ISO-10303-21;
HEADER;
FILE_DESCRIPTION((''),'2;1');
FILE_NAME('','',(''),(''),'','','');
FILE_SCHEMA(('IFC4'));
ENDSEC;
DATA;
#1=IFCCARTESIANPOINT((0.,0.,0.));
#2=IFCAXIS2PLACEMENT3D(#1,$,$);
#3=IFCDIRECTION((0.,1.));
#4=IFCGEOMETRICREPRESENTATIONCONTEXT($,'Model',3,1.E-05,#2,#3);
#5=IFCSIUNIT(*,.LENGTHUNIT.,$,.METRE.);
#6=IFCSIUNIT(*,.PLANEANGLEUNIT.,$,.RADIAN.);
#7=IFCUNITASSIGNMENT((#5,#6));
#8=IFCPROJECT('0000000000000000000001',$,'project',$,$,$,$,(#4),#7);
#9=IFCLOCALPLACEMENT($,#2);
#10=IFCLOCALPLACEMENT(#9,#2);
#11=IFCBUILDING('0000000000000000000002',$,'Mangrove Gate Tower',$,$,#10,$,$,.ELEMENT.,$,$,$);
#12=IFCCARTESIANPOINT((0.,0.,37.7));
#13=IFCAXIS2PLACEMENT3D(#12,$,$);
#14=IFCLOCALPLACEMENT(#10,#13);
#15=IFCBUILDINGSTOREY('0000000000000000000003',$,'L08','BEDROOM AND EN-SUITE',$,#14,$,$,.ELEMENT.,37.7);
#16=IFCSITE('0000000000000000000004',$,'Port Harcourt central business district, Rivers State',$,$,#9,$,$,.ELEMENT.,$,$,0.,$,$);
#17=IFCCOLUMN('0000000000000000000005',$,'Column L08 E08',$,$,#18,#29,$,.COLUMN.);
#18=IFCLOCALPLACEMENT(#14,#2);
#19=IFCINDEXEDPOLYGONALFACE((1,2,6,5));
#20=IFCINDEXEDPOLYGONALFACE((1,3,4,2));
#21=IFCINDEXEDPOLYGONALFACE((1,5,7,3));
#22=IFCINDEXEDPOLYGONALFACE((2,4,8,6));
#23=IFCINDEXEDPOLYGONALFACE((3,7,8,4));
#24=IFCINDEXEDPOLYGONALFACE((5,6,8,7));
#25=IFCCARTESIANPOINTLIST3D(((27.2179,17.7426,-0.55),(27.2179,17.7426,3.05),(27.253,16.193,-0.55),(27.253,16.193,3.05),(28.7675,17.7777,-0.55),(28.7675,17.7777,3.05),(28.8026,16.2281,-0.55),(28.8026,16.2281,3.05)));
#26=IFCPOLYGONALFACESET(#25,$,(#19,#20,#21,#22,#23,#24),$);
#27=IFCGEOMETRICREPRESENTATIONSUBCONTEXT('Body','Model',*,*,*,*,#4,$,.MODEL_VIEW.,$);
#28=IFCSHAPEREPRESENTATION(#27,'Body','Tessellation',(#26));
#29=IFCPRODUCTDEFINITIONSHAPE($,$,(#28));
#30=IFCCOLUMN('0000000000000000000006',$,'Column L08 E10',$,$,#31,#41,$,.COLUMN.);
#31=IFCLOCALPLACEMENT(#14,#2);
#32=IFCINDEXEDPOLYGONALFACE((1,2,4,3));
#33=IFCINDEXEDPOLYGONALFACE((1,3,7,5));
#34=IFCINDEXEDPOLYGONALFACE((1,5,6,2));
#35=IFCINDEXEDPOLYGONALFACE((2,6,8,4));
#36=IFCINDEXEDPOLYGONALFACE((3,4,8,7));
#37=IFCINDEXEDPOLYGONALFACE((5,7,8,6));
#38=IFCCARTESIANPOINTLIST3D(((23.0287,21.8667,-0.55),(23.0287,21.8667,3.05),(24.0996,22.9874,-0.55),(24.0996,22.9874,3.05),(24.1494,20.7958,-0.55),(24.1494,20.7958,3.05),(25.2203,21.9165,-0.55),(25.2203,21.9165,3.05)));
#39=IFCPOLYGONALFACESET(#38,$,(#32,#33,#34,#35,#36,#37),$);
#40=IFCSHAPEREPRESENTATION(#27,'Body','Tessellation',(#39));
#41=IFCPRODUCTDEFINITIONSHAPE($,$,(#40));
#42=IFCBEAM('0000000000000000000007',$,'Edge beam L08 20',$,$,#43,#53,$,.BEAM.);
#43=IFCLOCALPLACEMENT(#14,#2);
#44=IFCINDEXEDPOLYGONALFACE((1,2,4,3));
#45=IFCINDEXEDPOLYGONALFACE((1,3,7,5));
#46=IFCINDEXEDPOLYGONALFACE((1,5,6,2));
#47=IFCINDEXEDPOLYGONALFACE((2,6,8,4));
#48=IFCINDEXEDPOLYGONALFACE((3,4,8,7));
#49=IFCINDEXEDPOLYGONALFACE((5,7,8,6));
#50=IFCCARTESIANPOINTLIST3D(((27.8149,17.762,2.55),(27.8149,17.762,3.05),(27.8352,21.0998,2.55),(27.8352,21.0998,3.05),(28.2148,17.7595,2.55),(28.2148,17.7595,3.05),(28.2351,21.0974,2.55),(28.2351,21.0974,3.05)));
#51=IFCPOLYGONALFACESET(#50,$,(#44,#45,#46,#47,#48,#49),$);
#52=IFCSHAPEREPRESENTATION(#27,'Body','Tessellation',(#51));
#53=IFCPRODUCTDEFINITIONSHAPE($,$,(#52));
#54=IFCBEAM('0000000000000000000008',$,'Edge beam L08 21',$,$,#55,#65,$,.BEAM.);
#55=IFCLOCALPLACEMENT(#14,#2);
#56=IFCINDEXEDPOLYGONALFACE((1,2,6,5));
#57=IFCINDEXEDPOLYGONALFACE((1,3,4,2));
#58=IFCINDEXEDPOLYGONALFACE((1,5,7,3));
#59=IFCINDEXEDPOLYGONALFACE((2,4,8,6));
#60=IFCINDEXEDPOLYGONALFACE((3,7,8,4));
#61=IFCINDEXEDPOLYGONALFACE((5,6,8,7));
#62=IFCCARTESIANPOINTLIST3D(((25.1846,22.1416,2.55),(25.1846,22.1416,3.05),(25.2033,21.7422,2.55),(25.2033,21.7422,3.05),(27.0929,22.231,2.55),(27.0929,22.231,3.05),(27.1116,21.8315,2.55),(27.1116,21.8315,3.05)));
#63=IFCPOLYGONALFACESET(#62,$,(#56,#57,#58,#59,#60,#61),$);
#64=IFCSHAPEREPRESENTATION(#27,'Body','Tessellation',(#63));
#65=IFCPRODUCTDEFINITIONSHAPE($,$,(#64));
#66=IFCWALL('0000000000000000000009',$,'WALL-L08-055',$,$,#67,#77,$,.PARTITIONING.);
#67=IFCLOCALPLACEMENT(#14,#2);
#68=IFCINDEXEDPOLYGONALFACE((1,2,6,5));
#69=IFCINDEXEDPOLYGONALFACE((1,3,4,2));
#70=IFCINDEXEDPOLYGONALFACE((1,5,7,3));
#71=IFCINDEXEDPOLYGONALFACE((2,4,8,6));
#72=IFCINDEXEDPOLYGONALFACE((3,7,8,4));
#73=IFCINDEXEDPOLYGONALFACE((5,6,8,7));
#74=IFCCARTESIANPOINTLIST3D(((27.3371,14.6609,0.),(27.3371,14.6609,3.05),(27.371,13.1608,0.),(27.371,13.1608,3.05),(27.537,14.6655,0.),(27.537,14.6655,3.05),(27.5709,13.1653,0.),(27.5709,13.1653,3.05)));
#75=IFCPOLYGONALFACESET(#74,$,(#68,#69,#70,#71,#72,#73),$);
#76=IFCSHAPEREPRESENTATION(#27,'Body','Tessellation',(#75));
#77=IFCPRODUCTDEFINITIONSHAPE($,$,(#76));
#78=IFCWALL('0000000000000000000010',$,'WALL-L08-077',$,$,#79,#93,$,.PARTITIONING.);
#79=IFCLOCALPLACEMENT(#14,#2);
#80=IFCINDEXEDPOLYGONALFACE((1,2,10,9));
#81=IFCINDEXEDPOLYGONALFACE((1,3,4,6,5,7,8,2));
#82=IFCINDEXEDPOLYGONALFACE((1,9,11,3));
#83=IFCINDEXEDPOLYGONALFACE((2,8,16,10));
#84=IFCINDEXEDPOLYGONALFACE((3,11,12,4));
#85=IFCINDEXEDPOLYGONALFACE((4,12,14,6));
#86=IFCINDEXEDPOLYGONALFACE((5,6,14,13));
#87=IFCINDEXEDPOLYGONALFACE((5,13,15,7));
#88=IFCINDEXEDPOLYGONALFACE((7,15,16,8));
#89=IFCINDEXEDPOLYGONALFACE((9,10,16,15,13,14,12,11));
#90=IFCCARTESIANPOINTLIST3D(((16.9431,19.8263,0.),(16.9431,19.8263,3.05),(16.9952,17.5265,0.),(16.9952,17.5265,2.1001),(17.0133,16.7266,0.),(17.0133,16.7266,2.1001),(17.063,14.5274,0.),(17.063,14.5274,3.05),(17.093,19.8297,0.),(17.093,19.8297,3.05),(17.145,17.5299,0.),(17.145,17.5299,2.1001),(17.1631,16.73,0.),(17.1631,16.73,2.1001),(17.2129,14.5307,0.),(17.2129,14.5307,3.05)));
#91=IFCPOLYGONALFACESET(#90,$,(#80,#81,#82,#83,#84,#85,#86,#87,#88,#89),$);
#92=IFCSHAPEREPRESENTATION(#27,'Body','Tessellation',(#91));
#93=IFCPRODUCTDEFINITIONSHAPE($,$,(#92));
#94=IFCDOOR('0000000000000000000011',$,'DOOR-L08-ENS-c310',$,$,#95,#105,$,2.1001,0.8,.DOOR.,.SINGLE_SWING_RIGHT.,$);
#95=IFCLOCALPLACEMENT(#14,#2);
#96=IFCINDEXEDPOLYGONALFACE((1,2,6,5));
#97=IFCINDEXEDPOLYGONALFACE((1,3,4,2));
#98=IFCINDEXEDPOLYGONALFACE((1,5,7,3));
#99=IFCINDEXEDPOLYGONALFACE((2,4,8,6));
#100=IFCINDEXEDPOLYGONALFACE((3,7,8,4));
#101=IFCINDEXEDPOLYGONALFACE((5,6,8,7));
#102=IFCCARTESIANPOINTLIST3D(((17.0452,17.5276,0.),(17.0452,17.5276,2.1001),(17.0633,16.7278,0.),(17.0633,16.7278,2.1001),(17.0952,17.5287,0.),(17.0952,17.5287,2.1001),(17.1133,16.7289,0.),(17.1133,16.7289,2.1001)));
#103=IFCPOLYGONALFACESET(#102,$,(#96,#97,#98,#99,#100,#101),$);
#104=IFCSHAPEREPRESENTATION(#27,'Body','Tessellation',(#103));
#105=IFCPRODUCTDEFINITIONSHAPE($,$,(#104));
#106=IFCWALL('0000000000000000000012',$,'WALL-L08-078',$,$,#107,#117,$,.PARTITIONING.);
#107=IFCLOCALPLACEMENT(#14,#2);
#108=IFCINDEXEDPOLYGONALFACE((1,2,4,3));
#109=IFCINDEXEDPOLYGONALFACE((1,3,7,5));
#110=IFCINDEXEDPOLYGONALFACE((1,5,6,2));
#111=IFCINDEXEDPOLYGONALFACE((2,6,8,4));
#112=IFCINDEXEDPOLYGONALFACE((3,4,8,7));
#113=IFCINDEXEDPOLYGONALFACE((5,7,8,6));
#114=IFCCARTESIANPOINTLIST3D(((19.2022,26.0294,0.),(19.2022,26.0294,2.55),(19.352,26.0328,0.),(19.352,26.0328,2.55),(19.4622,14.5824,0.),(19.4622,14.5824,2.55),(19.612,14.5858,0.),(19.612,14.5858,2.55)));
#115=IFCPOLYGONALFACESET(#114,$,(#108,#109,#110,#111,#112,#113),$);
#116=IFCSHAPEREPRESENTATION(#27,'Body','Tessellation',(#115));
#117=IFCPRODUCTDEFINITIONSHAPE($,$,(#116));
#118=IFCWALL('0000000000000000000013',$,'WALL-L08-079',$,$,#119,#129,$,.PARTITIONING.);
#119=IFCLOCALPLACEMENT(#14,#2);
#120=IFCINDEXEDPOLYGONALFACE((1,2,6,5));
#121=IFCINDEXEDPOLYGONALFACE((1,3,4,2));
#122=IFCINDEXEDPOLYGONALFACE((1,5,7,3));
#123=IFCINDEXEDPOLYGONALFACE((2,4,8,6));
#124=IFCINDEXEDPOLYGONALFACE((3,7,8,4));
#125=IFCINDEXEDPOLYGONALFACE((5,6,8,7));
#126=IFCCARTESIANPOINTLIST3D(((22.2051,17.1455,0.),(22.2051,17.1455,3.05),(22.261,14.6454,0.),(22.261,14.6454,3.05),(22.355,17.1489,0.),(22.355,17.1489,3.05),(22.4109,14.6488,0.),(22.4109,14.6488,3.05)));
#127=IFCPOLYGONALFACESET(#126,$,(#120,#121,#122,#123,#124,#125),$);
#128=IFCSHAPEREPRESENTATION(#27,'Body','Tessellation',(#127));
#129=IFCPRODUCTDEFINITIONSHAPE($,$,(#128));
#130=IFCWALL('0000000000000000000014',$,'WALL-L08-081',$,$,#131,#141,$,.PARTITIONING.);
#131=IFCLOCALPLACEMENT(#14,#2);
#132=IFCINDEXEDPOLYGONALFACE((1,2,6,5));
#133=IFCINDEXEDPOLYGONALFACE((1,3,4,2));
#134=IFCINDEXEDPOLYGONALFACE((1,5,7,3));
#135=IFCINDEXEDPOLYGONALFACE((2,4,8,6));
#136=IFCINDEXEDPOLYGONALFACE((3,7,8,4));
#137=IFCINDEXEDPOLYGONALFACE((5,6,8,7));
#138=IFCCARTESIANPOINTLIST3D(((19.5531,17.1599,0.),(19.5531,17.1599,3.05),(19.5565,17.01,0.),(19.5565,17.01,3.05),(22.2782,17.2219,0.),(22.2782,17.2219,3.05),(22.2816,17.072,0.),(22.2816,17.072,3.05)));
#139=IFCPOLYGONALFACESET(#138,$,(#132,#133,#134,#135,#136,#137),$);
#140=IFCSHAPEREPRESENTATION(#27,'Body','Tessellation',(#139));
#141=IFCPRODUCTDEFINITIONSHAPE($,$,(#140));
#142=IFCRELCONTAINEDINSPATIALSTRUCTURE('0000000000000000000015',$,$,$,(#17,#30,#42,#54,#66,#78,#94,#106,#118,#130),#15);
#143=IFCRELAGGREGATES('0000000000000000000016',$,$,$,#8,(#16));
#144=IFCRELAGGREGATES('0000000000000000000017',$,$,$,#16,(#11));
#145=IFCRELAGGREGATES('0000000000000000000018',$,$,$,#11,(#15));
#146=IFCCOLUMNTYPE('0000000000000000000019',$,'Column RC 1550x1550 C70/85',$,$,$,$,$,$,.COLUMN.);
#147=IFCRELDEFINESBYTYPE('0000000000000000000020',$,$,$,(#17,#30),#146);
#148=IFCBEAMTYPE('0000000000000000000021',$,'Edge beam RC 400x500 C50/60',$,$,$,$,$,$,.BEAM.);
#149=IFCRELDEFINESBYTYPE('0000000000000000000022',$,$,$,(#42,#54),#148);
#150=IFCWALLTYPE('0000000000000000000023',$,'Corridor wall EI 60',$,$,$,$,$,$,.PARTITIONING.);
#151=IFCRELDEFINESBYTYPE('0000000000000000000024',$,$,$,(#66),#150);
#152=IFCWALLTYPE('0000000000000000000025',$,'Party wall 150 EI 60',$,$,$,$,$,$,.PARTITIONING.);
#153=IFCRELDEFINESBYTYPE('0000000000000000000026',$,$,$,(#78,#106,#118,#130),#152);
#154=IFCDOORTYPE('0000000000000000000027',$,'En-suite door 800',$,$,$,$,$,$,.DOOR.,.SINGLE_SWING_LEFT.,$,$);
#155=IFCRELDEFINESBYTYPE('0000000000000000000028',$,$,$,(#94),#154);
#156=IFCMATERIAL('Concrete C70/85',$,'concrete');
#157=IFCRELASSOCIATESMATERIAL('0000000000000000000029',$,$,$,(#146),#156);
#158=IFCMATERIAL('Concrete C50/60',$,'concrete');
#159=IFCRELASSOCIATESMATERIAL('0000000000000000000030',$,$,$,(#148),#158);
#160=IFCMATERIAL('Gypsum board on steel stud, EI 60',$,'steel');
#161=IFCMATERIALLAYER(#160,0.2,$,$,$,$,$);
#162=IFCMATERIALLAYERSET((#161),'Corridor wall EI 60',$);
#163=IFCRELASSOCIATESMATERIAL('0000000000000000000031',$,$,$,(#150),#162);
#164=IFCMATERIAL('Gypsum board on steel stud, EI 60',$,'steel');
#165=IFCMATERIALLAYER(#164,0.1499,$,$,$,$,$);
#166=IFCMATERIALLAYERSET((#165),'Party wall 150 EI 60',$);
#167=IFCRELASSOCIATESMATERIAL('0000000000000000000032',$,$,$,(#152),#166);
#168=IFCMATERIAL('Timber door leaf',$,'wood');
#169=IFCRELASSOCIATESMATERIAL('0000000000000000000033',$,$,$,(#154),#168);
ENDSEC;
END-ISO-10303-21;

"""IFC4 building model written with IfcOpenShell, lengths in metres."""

from ifc_helpers import new_model, si_unit, direction, frame, frame_2d, origin, origin_2d, place, context, subcontext, project, spatial, rectangle, extrude, material, layer, layer_set, material_profile, profile_set, type_object, element, fill, save


model = new_model("IFC4")

# Units and contexts
model_context = context("Model", 3, precision=1e-05, world=origin(), true_north=direction((0.0, 1.0)))
body_context = subcontext(model_context, "Body", "Model", "MODEL_VIEW")
ifc_project = project(units=[si_unit("LENGTHUNIT", "METRE"), si_unit("PLANEANGLEUNIT", "RADIAN")], contexts=[model_context])

# Site, building, storey
site_placement = place(None, origin())
site = spatial("IfcSite", under=ifc_project, at=site_placement, Name="Port Harcourt central business district, Rivers State", CompositionType="ELEMENT", RefElevation=0.0)
building_placement = place(site_placement, origin())
building = spatial("IfcBuilding", under=site, at=building_placement, Name="Mangrove Gate Tower", CompositionType="ELEMENT")
storey_placement = place(building_placement, frame((0.0, 0.0, 37.7)))
storey = spatial("IfcBuildingStorey", under=building, at=storey_placement, Name="L08", Description="BEDROOM AND EN-SUITE", CompositionType="ELEMENT", Elevation=37.7)

# Columns
ifc_material_1 = material(Name="Concrete C70/85", Category="concrete")
ifc_material_profile_1 = material_profile(ifc_material_1, rectangle(XDim=1.55, YDim=1.55, at=origin_2d()))
ifc_profile_set_1 = profile_set([ifc_material_profile_1], Name="Concrete C70/85")
column_type = type_object("IfcColumnType", Name="Column RC 1550x1550 C70/85", PredefinedType="COLUMN", material=ifc_profile_set_1)
for number, where, z_axis, x_axis, name in (
    (1, (28.0103, 16.9854, -0.55), (0.0, 0.0, 1.0), (-0.022646, 0.999744, 0.0), "Column L08 E08"),
    (2, (24.1245, 21.8916, -0.55), (0.0, 0.0, 1.0), (-0.72301, 0.690837, 0.0), "Column L08 E10"),
):
    element("IfcColumn", number, at=place(storey_placement, frame(where, z_axis=z_axis, x_axis=x_axis)), inside=storey, type_object=column_type, Name=name, PredefinedType="COLUMN", context=body_context, shape_type="SweptSolid", body=[
        extrude(rectangle(XDim=1.55, YDim=1.55, at=origin_2d()), origin(), (0.0, 0.0, 1.0), 3.6001),
    ])

# Beams
ifc_material_2 = material(Name="Concrete C50/60", Category="concrete")
ifc_material_profile_2 = material_profile(ifc_material_2, rectangle(XDim=0.3999, YDim=0.5, at=origin_2d()))
ifc_profile_set_2 = profile_set([ifc_material_profile_2], Name="Concrete C50/60")
beam_type = type_object("IfcBeamType", Name="Edge beam RC 400x500 C50/60", PredefinedType="BEAM", material=ifc_profile_set_2)
beam_1_placement = place(storey_placement, frame((28.0149, 17.7607, 2.8), z_axis=(0.006071, 0.999982, 0.0), x_axis=(-0.999982, 0.006071, 0.0)))
element("IfcBeam", 3, at=beam_1_placement, inside=storey, type_object=beam_type, Name="Edge beam L08 20", PredefinedType="BEAM", context=body_context, shape_type="SweptSolid", body=[
    extrude(rectangle(XDim=0.3999, YDim=0.5, at=origin_2d()), origin(), (0.0, 0.0, 1.0), 3.3379),
])
beam_2_placement = place(storey_placement, frame((27.1023, 22.0312, 2.8), z_axis=(-0.998905, -0.046776, 0.0), x_axis=(0.046776, -0.998905, 0.0)))
element("IfcBeam", 4, at=beam_2_placement, inside=storey, type_object=beam_type, Name="Edge beam L08 21", PredefinedType="BEAM", context=body_context, shape_type="SweptSolid", body=[
    extrude(rectangle(XDim=0.3999, YDim=0.5, at=origin_2d()), origin(), (0.0, 0.0, 1.0), 1.9104),
])

# Wall
ifc_material_3 = material(Name="Gypsum board on steel stud, EI 60", Category="steel")
ifc_layer_1 = layer(ifc_material_3, 0.2)
ifc_layer_set_1 = layer_set([ifc_layer_1], Name="Corridor wall EI 60")
wall_type_1 = type_object("IfcWallType", Name="Corridor wall EI 60", PredefinedType="PARTITIONING", material=ifc_layer_set_1)
wall_1_placement = place(storey_placement, frame((27.4709, 13.1631, 0.0), z_axis=(0.0, 0.0, 1.0), x_axis=(-0.022618, 0.999744, 0.0)))
element("IfcWall", 5, at=wall_1_placement, inside=storey, type_object=wall_type_1, Name="WALL-L08-055", PredefinedType="PARTITIONING", context=body_context, shape_type="SweptSolid", body=[
    extrude(rectangle(XDim=1.5005, YDim=0.2, at=frame_2d((0.7502, 0.0))), origin(), (0.0, 0.0, 1.0), 3.05),
])

# Wall, opening, door
ifc_material_4 = material(Name="Gypsum board on steel stud, EI 60", Category="steel")
ifc_layer_2 = layer(ifc_material_4, 0.1499)
ifc_layer_set_2 = layer_set([ifc_layer_2], Name="Party wall 150 EI 60")
wall_type_2 = type_object("IfcWallType", Name="Party wall 150 EI 60", PredefinedType="PARTITIONING", material=ifc_layer_set_2)
wall_2_placement = place(storey_placement, frame((17.1379, 14.5291, 0.0), z_axis=(0.0, 0.0, 1.0), x_axis=(-0.022617, 0.999744, 0.0)))
wall_2 = element("IfcWall", 6, at=wall_2_placement, inside=storey, type_object=wall_type_2, Name="WALL-L08-077", PredefinedType="PARTITIONING", context=body_context, shape_type="SweptSolid", body=[
    extrude(rectangle(XDim=5.3003, YDim=0.1499, at=frame_2d((2.6501, 0.0))), origin(), (0.0, 0.0, 1.0), 3.05),
])
opening_placement = place(wall_2_placement, frame((2.2, 0.0, 0.0)))
opening = element("IfcOpeningElement", 7, at=opening_placement, cuts=wall_2, PredefinedType="OPENING", context=body_context, shape_type="SweptSolid", body=[
    extrude(rectangle(XDim=0.8, YDim=2.1001, at=frame_2d((0.3999, 1.05))), frame((0.0, 0.085, 0.0), z_axis=(0.0, -1.0, 0.0), x_axis=(1.0, 0.0, 0.0)), (0.0, 0.0, 1.0), 0.1699),
])
ifc_material_5 = material(Name="Timber door leaf", Category="wood")
door_type = type_object("IfcDoorType", Name="En-suite door 800", OperationType="SINGLE_SWING_LEFT", PredefinedType="DOOR", material=ifc_material_5)
door_placement = place(opening_placement, origin())
door = element("IfcDoor", 8, at=door_placement, inside=storey, type_object=door_type, Name="DOOR-L08-ENS-c310", OperationType="SINGLE_SWING_RIGHT", OverallHeight=2.1001, OverallWidth=0.8, PredefinedType="DOOR", context=body_context, shape_type="SweptSolid", body=[
    extrude(rectangle(XDim=0.8, YDim=2.1001, at=frame_2d((0.3999, 1.05))), frame((0.0, 0.0249, 0.0), z_axis=(0.0, -1.0, 0.0), x_axis=(1.0, 0.0, 0.0)), (0.0, 0.0, 1.0), 0.05),
])
fill(opening, door)

# Walls
wall_3_placement = place(storey_placement, frame((19.5371, 14.584, 0.0), z_axis=(0.0, 0.0, 1.0), x_axis=(-0.022708, 0.999742, 0.0)))
element("IfcWall", 9, at=wall_3_placement, inside=storey, type_object=wall_type_2, Name="WALL-L08-078", PredefinedType="PARTITIONING", context=body_context, shape_type="SweptSolid", body=[
    extrude(rectangle(XDim=11.45, YDim=0.1499, at=frame_2d((5.7251, 0.0))), origin(), (0.0, 0.0, 1.0), 2.55),
])
wall_4_placement = place(storey_placement, frame((22.3359, 14.647, 0.0), z_axis=(0.0, 0.0, 1.0), x_axis=(-0.022358, 0.99975, 0.0)))
element("IfcWall", 10, at=wall_4_placement, inside=storey, type_object=wall_type_2, Name="WALL-L08-079", PredefinedType="PARTITIONING", context=body_context, shape_type="SweptSolid", body=[
    extrude(rectangle(XDim=2.5007, YDim=0.1499, at=frame_2d((1.2505, 0.0))), origin(), (0.0, 0.0, 1.0), 3.05),
])
wall_5_placement = place(storey_placement, frame((19.5549, 17.085, 0.0), z_axis=(0.0, 0.0, 1.0), x_axis=(0.999741, 0.02275, 0.0)))
element("IfcWall", 11, at=wall_5_placement, inside=storey, type_object=wall_type_2, Name="WALL-L08-081", PredefinedType="PARTITIONING", context=body_context, shape_type="SweptSolid", body=[
    extrude(rectangle(XDim=2.7258, YDim=0.1499, at=frame_2d((1.3628, 0.0))), origin(), (0.0, 0.0, 1.0), 3.05),
])

save(model, "model.ifc")
